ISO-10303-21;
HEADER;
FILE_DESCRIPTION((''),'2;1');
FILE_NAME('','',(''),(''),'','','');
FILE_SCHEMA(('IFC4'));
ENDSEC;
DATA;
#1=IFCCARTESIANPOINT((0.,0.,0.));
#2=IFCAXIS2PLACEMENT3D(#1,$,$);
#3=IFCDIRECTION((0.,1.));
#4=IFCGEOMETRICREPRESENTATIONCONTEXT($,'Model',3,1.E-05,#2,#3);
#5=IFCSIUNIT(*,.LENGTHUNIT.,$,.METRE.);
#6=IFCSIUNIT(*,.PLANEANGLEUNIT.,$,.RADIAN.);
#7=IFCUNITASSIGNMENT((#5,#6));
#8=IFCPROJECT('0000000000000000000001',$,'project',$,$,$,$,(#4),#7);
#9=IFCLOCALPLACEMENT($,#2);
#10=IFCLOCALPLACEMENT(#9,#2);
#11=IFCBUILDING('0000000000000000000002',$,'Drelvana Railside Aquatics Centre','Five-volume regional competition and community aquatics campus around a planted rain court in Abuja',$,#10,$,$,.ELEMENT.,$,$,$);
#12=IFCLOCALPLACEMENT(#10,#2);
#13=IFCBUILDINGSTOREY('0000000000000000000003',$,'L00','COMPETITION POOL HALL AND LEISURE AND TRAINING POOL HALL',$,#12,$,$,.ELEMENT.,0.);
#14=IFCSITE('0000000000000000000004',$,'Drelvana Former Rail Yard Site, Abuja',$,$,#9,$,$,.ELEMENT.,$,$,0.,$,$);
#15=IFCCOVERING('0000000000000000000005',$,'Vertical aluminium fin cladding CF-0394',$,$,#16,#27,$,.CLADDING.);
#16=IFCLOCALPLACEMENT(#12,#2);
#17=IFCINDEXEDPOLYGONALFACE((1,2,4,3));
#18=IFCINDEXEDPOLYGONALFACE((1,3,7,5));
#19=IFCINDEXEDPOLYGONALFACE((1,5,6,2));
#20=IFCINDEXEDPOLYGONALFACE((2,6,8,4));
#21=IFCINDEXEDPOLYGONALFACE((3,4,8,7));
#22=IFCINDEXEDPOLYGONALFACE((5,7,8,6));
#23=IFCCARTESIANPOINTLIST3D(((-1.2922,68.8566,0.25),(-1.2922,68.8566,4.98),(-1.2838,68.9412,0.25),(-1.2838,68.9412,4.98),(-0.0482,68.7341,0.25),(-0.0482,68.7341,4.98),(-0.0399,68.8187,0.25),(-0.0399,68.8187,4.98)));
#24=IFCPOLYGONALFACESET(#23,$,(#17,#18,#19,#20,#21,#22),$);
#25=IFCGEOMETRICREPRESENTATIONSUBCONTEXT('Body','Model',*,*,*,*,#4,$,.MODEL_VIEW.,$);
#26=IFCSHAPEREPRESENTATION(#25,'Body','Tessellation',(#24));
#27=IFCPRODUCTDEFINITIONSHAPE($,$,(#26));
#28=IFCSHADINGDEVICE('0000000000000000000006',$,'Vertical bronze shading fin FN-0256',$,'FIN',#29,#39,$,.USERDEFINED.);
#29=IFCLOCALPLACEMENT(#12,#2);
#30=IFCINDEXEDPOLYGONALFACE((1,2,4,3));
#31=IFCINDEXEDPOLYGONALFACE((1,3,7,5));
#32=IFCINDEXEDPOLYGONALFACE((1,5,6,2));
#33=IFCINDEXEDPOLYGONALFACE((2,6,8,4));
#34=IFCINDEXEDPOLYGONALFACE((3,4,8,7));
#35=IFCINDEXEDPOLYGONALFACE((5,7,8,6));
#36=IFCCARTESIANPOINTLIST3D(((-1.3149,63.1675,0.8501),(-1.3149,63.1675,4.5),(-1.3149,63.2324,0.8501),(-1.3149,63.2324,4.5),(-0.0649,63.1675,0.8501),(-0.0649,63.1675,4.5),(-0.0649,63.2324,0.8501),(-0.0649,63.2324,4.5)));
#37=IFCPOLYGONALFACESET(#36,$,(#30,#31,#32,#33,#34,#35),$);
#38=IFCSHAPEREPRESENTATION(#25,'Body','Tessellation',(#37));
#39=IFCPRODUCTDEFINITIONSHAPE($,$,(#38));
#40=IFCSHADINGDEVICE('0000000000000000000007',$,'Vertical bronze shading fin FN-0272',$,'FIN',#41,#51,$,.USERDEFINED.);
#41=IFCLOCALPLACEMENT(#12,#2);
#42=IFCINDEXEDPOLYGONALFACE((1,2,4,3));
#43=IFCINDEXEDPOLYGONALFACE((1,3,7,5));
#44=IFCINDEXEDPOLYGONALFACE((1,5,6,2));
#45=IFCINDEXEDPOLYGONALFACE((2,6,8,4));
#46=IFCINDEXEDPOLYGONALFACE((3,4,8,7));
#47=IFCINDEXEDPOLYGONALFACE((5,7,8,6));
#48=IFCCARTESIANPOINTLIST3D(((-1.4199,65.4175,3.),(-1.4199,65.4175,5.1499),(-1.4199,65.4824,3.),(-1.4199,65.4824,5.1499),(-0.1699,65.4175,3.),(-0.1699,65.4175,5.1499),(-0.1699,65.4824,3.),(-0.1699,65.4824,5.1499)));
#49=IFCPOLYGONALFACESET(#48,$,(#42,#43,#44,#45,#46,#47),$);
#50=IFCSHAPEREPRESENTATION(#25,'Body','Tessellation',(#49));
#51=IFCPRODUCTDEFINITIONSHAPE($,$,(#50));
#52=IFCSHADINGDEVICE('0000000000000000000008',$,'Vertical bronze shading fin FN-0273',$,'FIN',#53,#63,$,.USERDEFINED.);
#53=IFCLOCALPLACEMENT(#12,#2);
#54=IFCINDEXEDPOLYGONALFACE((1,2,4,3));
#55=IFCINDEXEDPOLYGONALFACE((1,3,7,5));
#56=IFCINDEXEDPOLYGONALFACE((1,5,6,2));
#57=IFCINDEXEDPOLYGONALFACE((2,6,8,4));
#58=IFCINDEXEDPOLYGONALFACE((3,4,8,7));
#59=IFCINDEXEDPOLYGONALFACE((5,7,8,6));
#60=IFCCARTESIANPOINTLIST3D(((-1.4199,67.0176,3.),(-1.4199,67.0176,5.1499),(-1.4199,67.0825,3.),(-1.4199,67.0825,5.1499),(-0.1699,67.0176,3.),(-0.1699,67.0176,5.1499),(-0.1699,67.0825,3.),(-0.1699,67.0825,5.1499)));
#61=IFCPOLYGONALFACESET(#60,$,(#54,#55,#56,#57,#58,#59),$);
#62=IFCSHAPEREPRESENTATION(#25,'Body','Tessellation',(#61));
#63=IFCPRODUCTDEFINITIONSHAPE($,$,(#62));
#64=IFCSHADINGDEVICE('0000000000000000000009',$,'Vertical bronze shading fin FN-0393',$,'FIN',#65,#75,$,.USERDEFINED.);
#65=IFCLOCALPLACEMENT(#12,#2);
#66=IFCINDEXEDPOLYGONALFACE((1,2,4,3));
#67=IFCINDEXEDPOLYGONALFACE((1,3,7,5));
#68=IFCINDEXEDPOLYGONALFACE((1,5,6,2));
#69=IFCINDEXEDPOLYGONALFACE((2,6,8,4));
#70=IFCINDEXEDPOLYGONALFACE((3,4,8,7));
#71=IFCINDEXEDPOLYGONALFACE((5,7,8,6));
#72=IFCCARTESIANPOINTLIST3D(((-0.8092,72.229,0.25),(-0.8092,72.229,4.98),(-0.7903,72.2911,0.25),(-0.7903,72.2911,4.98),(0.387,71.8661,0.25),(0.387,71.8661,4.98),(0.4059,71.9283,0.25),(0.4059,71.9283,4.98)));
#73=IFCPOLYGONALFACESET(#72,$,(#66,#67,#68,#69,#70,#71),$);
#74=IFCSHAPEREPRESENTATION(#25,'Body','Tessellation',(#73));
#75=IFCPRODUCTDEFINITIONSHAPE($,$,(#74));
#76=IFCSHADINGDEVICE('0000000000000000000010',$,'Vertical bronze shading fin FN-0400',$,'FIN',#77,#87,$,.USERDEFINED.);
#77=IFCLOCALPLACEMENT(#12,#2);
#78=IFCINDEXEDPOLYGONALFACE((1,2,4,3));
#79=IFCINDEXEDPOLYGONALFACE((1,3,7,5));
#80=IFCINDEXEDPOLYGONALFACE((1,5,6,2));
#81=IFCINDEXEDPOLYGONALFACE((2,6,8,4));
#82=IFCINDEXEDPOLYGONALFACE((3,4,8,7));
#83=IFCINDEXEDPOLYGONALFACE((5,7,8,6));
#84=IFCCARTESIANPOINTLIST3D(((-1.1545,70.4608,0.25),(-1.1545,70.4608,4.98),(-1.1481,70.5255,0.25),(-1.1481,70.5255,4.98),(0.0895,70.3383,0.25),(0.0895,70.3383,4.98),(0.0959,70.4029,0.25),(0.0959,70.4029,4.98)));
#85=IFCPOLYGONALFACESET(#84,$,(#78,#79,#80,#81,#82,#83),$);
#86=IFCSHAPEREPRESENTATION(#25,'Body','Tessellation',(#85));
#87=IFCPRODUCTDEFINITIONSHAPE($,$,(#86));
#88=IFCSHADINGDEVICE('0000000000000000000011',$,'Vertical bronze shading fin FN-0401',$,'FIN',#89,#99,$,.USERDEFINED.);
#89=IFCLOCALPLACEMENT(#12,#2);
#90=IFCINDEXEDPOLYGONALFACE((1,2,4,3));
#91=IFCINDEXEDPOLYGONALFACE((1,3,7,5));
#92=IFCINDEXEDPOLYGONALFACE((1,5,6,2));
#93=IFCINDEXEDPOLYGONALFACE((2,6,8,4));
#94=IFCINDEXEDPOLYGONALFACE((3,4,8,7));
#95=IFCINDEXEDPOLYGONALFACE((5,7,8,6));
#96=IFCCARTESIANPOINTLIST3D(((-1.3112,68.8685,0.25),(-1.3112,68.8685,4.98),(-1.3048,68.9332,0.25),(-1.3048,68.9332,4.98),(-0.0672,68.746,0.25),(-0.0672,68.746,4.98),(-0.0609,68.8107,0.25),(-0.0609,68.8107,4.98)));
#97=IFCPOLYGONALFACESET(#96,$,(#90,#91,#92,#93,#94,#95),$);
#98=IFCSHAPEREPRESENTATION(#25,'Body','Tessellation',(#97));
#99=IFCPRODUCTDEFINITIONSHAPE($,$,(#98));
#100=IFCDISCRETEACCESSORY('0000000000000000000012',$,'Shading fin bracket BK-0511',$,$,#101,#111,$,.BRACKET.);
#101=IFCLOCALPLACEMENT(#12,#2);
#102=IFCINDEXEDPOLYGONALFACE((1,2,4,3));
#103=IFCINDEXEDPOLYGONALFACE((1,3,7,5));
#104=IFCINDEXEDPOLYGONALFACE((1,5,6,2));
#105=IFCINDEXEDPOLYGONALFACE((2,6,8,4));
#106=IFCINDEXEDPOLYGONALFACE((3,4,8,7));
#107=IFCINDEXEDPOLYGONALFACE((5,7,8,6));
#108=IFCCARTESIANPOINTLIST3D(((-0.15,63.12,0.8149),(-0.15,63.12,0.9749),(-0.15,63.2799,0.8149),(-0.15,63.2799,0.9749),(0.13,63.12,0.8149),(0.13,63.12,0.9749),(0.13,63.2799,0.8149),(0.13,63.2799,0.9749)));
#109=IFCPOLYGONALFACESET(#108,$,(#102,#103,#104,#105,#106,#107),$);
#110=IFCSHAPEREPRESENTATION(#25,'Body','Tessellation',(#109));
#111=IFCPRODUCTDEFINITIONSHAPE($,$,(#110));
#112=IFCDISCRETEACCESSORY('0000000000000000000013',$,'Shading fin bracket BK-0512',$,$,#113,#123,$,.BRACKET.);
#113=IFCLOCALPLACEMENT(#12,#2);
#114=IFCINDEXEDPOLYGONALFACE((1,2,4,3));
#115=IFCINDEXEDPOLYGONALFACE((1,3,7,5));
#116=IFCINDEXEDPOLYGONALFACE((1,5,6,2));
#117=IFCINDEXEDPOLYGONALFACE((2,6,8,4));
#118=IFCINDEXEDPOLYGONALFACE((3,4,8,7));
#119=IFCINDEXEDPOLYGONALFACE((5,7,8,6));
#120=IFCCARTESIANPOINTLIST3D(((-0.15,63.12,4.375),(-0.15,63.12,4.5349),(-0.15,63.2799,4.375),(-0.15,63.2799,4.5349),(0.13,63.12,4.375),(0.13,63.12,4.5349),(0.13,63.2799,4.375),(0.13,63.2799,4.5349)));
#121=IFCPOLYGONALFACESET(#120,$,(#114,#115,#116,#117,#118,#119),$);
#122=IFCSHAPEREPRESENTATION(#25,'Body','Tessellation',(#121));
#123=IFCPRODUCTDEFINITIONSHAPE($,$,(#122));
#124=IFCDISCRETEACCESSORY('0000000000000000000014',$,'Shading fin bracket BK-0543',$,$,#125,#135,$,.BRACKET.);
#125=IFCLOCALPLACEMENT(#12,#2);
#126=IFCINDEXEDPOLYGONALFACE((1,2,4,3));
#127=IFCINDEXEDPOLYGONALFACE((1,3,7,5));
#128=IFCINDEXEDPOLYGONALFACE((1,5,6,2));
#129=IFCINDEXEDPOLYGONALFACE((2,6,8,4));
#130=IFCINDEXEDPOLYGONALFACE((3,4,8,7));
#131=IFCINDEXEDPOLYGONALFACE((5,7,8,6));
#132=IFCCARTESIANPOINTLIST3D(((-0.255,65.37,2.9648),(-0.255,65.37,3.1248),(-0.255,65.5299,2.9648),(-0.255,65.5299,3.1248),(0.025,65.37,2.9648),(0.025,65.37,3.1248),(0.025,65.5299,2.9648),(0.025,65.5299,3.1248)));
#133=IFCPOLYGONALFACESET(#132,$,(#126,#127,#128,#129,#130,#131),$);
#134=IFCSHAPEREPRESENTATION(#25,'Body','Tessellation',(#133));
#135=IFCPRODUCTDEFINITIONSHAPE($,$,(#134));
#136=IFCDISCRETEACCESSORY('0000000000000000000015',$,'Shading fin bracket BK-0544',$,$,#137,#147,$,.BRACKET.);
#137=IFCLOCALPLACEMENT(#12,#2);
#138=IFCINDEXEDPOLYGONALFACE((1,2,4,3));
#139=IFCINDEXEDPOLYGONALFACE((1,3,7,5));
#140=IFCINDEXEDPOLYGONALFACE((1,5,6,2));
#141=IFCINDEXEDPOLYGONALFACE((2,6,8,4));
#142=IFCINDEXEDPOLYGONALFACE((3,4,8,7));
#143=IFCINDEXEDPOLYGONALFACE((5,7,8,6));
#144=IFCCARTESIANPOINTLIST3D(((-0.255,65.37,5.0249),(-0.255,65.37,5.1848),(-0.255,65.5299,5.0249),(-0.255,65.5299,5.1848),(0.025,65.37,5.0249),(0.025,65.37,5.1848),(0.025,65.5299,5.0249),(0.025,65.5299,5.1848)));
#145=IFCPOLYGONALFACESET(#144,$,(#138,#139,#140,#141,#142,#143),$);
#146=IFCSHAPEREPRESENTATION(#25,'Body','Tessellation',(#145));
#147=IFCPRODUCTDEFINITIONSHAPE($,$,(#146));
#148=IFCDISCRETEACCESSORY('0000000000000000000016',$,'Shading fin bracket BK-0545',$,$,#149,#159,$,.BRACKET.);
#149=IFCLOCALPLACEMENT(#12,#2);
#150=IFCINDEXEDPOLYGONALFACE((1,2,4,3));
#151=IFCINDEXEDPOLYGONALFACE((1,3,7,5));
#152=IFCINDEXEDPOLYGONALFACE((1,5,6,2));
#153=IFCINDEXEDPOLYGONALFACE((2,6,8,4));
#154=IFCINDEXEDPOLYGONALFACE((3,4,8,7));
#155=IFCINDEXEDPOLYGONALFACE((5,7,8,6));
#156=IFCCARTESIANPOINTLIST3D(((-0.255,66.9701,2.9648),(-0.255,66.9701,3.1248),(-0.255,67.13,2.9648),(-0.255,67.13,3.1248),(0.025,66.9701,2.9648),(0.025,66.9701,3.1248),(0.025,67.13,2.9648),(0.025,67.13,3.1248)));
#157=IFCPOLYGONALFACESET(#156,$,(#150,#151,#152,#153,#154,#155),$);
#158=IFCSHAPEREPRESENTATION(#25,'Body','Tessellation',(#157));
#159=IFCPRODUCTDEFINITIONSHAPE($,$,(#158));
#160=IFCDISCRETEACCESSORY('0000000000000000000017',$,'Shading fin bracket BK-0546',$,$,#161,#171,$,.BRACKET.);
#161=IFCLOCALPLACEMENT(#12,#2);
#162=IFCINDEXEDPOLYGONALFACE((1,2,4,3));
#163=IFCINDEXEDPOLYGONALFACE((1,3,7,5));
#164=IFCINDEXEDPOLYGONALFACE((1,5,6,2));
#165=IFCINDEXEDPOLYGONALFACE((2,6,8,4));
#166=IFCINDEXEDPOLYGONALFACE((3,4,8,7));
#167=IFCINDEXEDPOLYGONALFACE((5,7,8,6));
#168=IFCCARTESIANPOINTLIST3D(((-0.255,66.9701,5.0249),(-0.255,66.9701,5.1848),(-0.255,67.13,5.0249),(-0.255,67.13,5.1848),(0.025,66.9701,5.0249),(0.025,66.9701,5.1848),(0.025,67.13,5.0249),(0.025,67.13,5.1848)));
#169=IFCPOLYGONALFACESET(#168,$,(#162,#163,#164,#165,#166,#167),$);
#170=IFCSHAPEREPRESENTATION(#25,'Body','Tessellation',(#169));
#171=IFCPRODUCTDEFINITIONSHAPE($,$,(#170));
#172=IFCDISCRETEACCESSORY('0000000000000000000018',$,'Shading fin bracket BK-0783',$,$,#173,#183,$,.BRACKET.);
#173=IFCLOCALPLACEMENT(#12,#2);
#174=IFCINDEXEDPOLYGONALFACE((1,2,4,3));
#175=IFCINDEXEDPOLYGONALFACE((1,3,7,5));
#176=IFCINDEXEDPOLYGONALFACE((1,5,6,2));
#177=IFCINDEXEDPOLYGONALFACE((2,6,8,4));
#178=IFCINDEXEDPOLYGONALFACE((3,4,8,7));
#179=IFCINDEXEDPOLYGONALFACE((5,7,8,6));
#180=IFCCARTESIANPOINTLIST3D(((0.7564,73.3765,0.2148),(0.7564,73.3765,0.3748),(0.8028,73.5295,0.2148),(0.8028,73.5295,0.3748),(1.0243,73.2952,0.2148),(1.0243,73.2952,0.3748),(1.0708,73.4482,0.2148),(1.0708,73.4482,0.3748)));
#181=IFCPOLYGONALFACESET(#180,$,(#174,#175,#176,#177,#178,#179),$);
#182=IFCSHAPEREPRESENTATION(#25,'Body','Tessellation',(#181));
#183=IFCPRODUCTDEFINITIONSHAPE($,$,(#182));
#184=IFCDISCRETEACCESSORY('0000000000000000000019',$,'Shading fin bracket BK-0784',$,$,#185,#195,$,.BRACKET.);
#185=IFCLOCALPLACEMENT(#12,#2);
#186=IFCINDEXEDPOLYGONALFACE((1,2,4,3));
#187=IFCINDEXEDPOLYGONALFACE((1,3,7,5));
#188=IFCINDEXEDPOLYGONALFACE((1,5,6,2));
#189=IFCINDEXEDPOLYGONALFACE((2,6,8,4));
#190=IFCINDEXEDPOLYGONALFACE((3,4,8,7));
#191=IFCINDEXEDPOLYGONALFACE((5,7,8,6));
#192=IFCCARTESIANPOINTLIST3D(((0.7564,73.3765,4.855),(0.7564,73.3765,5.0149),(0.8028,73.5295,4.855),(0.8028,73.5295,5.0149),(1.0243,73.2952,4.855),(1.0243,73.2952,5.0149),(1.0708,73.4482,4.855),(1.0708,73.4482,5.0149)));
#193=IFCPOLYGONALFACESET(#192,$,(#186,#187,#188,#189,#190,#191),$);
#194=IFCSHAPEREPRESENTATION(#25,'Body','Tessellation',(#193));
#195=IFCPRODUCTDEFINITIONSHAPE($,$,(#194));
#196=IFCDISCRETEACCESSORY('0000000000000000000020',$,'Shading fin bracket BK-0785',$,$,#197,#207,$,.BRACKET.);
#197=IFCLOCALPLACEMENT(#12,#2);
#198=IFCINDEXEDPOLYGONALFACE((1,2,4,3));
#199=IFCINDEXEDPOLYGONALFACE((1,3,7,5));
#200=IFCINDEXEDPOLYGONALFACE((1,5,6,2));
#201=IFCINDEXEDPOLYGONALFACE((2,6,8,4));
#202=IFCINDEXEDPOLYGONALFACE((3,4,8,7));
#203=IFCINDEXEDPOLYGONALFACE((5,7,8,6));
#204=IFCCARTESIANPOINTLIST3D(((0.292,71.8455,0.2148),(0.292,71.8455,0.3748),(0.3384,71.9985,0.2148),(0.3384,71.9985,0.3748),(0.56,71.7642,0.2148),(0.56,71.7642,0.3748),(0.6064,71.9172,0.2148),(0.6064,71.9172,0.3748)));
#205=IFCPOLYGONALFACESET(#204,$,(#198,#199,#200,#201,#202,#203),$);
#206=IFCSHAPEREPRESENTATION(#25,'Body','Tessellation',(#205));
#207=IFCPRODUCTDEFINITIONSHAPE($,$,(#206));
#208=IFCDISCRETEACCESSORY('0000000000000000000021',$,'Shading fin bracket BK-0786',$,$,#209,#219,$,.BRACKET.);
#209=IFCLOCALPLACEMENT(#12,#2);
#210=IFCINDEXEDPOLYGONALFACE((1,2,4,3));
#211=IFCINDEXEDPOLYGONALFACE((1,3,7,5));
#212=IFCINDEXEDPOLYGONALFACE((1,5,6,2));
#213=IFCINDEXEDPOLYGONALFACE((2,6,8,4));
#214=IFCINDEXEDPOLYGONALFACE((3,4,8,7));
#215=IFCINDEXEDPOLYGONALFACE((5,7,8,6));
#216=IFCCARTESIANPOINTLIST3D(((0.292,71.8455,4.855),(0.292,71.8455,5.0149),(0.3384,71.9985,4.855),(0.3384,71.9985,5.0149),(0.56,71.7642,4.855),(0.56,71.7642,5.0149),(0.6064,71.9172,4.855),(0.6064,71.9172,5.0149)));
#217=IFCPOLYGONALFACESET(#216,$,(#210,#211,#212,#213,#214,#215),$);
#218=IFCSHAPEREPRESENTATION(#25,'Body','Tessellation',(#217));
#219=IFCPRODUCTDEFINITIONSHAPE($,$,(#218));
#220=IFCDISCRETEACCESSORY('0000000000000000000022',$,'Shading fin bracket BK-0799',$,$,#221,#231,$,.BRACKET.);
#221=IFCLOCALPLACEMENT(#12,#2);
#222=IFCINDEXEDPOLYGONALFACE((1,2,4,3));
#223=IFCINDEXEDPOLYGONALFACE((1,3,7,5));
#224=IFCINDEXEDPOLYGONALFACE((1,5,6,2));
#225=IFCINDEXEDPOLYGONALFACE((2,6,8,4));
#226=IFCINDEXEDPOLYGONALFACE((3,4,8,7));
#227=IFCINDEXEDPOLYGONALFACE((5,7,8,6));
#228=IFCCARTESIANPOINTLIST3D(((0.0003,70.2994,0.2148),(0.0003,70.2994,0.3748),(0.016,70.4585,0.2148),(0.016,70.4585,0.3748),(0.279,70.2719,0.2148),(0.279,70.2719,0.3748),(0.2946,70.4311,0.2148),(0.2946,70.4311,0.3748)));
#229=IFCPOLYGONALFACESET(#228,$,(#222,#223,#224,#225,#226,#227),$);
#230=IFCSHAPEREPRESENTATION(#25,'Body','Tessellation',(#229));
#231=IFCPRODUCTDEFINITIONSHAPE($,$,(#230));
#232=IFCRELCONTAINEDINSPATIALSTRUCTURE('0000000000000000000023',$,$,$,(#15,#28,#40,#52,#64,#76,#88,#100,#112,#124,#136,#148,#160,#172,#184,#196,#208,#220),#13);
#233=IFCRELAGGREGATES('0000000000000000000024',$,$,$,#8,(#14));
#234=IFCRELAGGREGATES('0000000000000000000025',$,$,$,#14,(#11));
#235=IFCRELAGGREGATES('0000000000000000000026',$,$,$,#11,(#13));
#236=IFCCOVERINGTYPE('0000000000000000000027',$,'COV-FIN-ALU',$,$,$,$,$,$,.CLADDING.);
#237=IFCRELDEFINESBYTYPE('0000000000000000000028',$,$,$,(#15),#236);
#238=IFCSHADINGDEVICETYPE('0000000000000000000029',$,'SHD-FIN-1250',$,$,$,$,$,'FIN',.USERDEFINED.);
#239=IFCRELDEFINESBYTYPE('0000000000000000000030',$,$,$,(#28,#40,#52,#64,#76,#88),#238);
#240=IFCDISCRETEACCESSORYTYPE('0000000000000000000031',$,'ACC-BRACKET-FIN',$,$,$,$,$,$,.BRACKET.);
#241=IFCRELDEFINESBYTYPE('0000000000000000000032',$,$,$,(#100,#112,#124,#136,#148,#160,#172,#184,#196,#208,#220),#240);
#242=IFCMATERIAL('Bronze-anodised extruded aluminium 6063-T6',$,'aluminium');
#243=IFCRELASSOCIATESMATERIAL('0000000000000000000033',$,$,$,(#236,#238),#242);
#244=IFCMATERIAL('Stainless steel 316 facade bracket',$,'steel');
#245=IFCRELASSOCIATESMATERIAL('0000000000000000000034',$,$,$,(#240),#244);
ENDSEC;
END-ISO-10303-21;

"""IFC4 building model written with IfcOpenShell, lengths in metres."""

from ifc_helpers import new_model, si_unit, direction, frame, origin, origin_2d, place, context, subcontext, project, spatial, rectangle, extrude, material, type_object, element, save


model = new_model("IFC4")

# Units and contexts
model_context = context("Model", 3, precision=1e-05, world=origin(), true_north=direction((0.0, 1.0)))
body_context = subcontext(model_context, "Body", "Model", "MODEL_VIEW")
ifc_project = project(units=[si_unit("LENGTHUNIT", "METRE"), si_unit("PLANEANGLEUNIT", "RADIAN")], contexts=[model_context])

# Site, building, storey
site_placement = place(None, origin())
site = spatial("IfcSite", under=ifc_project, at=site_placement, Name="Drelvana Former Rail Yard Site, Abuja", CompositionType="ELEMENT", RefElevation=0.0)
building_placement = place(site_placement, origin())
building = spatial("IfcBuilding", under=site, at=building_placement, Name="Drelvana Railside Aquatics Centre", Description="Five-volume regional competition and community aquatics campus around a planted rain court in Abuja", CompositionType="ELEMENT")
storey_placement = place(building_placement, origin())
storey = spatial("IfcBuildingStorey", under=building, at=storey_placement, Name="L00", Description="COMPETITION POOL HALL AND LEISURE AND TRAINING POOL HALL", CompositionType="ELEMENT", Elevation=0.0)

# Covering
ifc_material_1 = material(Name="Bronze-anodised extruded aluminium 6063-T6", Category="aluminium")
covering_type = type_object("IfcCoveringType", Name="COV-FIN-ALU", PredefinedType="CLADDING", material=ifc_material_1)
for number, where, z_axis, x_axis, name in (
    (1, (-0.666, 68.8376, 0.25), (0.0, 0.0, 1.0), (0.098017, 0.995185, 0.0), "Vertical aluminium fin cladding CF-0394"),
):
    element("IfcCovering", number, at=place(storey_placement, frame(where, z_axis=z_axis, x_axis=x_axis)), inside=storey, type_object=covering_type, Name=name, PredefinedType="CLADDING", context=body_context, shape_type="SweptSolid", body=[
        extrude(rectangle(XDim=0.085, YDim=1.25, at=origin_2d()), origin(), (0.0, 0.0, 1.0), 4.73),
    ])

# Shading devices
shading_device_type = type_object("IfcShadingDeviceType", Name="SHD-FIN-1250", ElementType="FIN", PredefinedType="USERDEFINED", material=ifc_material_1)
shading_device_placement = place(storey_placement, frame((-0.6899, 63.2, 0.8501), z_axis=(0.0, 0.0, 1.0), x_axis=(-1.0, 0.0, 0.0)))
element("IfcShadingDevice", 2, at=shading_device_placement, inside=storey, type_object=shading_device_type, Name="Vertical bronze shading fin FN-0256", ObjectType="FIN", PredefinedType="USERDEFINED", context=body_context, shape_type="SweptSolid", body=[
    extrude(rectangle(XDim=1.25, YDim=0.0649, at=origin_2d()), origin(), (0.0, 0.0, 1.0), 3.6499),
])
for number, where, z_axis, x_axis, name in (
    (3, (-0.7949, 65.45, 3.0), (0.0, 0.0, 1.0), (-1.0, 0.0, 0.0), "Vertical bronze shading fin FN-0272"),
    (4, (-0.7949, 67.05, 3.0), (0.0, 0.0, 1.0), (-1.0, 0.0, 0.0), "Vertical bronze shading fin FN-0273"),
):
    element("IfcShadingDevice", number, at=place(storey_placement, frame(where, z_axis=z_axis, x_axis=x_axis)), inside=storey, type_object=shading_device_type, Name=name, ObjectType="FIN", PredefinedType="USERDEFINED", context=body_context, shape_type="SweptSolid", body=[
        extrude(rectangle(XDim=1.25, YDim=0.0649, at=origin_2d()), origin(), (0.0, 0.0, 1.0), 2.1499),
    ])
for number, where, z_axis, x_axis, name in (
    (5, (-0.2017, 72.0786, 0.25), (0.0, 0.0, 1.0), (-0.95694, 0.290285, 0.0), "Vertical bronze shading fin FN-0393"),
    (6, (-0.5293, 70.4319, 0.25), (0.0, 0.0, 1.0), (-0.995185, 0.098017, 0.0), "Vertical bronze shading fin FN-0400"),
    (7, (-0.686, 68.8396, 0.25), (0.0, 0.0, 1.0), (-0.995185, 0.098017, 0.0), "Vertical bronze shading fin FN-0401"),
):
    element("IfcShadingDevice", number, at=place(storey_placement, frame(where, z_axis=z_axis, x_axis=x_axis)), inside=storey, type_object=shading_device_type, Name=name, ObjectType="FIN", PredefinedType="USERDEFINED", context=body_context, shape_type="SweptSolid", body=[
        extrude(rectangle(XDim=1.25, YDim=0.0649, at=origin_2d()), origin(), (0.0, 0.0, 1.0), 4.73),
    ])

# Discrete accessories
ifc_material_2 = material(Name="Stainless steel 316 facade bracket", Category="steel")
discrete_accessory_type = type_object("IfcDiscreteAccessoryType", Name="ACC-BRACKET-FIN", PredefinedType="BRACKET", material=ifc_material_2)
for number, where, z_axis, x_axis, name in (
    (8, (-0.01, 63.2, 0.8149), (0.0, 0.0, 1.0), (-1.0, 0.0, 0.0), "Shading fin bracket BK-0511"),
    (9, (-0.01, 63.2, 4.375), (0.0, 0.0, 1.0), (-1.0, 0.0, 0.0), "Shading fin bracket BK-0512"),
    (10, (-0.115, 65.45, 2.9648), (0.0, 0.0, 1.0), (-1.0, 0.0, 0.0), "Shading fin bracket BK-0543"),
    (11, (-0.115, 65.45, 5.0249), (0.0, 0.0, 1.0), (-1.0, 0.0, 0.0), "Shading fin bracket BK-0544"),
    (12, (-0.115, 67.05, 2.9648), (0.0, 0.0, 1.0), (-1.0, 0.0, 0.0), "Shading fin bracket BK-0545"),
    (13, (-0.115, 67.05, 5.0249), (0.0, 0.0, 1.0), (-1.0, 0.0, 0.0), "Shading fin bracket BK-0546"),
    (14, (0.9136, 73.4124, 0.2148), (0.0, 0.0, 1.0), (-0.95694, 0.290285, 0.0), "Shading fin bracket BK-0783"),
    (15, (0.9136, 73.4124, 4.855), (0.0, 0.0, 1.0), (-0.95694, 0.290285, 0.0), "Shading fin bracket BK-0784"),
    (16, (0.4492, 71.8813, 0.2148), (0.0, 0.0, 1.0), (-0.95694, 0.290285, 0.0), "Shading fin bracket BK-0785"),
    (17, (0.4492, 71.8813, 4.855), (0.0, 0.0, 1.0), (-0.95694, 0.290285, 0.0), "Shading fin bracket BK-0786"),
    (18, (0.1475, 70.3652, 0.2148), (0.0, 0.0, 1.0), (-0.995185, 0.098017, 0.0), "Shading fin bracket BK-0799"),
):
    element("IfcDiscreteAccessory", number, at=place(storey_placement, frame(where, z_axis=z_axis, x_axis=x_axis)), inside=storey, type_object=discrete_accessory_type, Name=name, PredefinedType="BRACKET", context=body_context, shape_type="SweptSolid", body=[
        extrude(rectangle(XDim=0.28, YDim=0.1599, at=origin_2d()), origin(), (0.0, 0.0, 1.0), 0.1599),
    ])

save(model, "model.ifc")
